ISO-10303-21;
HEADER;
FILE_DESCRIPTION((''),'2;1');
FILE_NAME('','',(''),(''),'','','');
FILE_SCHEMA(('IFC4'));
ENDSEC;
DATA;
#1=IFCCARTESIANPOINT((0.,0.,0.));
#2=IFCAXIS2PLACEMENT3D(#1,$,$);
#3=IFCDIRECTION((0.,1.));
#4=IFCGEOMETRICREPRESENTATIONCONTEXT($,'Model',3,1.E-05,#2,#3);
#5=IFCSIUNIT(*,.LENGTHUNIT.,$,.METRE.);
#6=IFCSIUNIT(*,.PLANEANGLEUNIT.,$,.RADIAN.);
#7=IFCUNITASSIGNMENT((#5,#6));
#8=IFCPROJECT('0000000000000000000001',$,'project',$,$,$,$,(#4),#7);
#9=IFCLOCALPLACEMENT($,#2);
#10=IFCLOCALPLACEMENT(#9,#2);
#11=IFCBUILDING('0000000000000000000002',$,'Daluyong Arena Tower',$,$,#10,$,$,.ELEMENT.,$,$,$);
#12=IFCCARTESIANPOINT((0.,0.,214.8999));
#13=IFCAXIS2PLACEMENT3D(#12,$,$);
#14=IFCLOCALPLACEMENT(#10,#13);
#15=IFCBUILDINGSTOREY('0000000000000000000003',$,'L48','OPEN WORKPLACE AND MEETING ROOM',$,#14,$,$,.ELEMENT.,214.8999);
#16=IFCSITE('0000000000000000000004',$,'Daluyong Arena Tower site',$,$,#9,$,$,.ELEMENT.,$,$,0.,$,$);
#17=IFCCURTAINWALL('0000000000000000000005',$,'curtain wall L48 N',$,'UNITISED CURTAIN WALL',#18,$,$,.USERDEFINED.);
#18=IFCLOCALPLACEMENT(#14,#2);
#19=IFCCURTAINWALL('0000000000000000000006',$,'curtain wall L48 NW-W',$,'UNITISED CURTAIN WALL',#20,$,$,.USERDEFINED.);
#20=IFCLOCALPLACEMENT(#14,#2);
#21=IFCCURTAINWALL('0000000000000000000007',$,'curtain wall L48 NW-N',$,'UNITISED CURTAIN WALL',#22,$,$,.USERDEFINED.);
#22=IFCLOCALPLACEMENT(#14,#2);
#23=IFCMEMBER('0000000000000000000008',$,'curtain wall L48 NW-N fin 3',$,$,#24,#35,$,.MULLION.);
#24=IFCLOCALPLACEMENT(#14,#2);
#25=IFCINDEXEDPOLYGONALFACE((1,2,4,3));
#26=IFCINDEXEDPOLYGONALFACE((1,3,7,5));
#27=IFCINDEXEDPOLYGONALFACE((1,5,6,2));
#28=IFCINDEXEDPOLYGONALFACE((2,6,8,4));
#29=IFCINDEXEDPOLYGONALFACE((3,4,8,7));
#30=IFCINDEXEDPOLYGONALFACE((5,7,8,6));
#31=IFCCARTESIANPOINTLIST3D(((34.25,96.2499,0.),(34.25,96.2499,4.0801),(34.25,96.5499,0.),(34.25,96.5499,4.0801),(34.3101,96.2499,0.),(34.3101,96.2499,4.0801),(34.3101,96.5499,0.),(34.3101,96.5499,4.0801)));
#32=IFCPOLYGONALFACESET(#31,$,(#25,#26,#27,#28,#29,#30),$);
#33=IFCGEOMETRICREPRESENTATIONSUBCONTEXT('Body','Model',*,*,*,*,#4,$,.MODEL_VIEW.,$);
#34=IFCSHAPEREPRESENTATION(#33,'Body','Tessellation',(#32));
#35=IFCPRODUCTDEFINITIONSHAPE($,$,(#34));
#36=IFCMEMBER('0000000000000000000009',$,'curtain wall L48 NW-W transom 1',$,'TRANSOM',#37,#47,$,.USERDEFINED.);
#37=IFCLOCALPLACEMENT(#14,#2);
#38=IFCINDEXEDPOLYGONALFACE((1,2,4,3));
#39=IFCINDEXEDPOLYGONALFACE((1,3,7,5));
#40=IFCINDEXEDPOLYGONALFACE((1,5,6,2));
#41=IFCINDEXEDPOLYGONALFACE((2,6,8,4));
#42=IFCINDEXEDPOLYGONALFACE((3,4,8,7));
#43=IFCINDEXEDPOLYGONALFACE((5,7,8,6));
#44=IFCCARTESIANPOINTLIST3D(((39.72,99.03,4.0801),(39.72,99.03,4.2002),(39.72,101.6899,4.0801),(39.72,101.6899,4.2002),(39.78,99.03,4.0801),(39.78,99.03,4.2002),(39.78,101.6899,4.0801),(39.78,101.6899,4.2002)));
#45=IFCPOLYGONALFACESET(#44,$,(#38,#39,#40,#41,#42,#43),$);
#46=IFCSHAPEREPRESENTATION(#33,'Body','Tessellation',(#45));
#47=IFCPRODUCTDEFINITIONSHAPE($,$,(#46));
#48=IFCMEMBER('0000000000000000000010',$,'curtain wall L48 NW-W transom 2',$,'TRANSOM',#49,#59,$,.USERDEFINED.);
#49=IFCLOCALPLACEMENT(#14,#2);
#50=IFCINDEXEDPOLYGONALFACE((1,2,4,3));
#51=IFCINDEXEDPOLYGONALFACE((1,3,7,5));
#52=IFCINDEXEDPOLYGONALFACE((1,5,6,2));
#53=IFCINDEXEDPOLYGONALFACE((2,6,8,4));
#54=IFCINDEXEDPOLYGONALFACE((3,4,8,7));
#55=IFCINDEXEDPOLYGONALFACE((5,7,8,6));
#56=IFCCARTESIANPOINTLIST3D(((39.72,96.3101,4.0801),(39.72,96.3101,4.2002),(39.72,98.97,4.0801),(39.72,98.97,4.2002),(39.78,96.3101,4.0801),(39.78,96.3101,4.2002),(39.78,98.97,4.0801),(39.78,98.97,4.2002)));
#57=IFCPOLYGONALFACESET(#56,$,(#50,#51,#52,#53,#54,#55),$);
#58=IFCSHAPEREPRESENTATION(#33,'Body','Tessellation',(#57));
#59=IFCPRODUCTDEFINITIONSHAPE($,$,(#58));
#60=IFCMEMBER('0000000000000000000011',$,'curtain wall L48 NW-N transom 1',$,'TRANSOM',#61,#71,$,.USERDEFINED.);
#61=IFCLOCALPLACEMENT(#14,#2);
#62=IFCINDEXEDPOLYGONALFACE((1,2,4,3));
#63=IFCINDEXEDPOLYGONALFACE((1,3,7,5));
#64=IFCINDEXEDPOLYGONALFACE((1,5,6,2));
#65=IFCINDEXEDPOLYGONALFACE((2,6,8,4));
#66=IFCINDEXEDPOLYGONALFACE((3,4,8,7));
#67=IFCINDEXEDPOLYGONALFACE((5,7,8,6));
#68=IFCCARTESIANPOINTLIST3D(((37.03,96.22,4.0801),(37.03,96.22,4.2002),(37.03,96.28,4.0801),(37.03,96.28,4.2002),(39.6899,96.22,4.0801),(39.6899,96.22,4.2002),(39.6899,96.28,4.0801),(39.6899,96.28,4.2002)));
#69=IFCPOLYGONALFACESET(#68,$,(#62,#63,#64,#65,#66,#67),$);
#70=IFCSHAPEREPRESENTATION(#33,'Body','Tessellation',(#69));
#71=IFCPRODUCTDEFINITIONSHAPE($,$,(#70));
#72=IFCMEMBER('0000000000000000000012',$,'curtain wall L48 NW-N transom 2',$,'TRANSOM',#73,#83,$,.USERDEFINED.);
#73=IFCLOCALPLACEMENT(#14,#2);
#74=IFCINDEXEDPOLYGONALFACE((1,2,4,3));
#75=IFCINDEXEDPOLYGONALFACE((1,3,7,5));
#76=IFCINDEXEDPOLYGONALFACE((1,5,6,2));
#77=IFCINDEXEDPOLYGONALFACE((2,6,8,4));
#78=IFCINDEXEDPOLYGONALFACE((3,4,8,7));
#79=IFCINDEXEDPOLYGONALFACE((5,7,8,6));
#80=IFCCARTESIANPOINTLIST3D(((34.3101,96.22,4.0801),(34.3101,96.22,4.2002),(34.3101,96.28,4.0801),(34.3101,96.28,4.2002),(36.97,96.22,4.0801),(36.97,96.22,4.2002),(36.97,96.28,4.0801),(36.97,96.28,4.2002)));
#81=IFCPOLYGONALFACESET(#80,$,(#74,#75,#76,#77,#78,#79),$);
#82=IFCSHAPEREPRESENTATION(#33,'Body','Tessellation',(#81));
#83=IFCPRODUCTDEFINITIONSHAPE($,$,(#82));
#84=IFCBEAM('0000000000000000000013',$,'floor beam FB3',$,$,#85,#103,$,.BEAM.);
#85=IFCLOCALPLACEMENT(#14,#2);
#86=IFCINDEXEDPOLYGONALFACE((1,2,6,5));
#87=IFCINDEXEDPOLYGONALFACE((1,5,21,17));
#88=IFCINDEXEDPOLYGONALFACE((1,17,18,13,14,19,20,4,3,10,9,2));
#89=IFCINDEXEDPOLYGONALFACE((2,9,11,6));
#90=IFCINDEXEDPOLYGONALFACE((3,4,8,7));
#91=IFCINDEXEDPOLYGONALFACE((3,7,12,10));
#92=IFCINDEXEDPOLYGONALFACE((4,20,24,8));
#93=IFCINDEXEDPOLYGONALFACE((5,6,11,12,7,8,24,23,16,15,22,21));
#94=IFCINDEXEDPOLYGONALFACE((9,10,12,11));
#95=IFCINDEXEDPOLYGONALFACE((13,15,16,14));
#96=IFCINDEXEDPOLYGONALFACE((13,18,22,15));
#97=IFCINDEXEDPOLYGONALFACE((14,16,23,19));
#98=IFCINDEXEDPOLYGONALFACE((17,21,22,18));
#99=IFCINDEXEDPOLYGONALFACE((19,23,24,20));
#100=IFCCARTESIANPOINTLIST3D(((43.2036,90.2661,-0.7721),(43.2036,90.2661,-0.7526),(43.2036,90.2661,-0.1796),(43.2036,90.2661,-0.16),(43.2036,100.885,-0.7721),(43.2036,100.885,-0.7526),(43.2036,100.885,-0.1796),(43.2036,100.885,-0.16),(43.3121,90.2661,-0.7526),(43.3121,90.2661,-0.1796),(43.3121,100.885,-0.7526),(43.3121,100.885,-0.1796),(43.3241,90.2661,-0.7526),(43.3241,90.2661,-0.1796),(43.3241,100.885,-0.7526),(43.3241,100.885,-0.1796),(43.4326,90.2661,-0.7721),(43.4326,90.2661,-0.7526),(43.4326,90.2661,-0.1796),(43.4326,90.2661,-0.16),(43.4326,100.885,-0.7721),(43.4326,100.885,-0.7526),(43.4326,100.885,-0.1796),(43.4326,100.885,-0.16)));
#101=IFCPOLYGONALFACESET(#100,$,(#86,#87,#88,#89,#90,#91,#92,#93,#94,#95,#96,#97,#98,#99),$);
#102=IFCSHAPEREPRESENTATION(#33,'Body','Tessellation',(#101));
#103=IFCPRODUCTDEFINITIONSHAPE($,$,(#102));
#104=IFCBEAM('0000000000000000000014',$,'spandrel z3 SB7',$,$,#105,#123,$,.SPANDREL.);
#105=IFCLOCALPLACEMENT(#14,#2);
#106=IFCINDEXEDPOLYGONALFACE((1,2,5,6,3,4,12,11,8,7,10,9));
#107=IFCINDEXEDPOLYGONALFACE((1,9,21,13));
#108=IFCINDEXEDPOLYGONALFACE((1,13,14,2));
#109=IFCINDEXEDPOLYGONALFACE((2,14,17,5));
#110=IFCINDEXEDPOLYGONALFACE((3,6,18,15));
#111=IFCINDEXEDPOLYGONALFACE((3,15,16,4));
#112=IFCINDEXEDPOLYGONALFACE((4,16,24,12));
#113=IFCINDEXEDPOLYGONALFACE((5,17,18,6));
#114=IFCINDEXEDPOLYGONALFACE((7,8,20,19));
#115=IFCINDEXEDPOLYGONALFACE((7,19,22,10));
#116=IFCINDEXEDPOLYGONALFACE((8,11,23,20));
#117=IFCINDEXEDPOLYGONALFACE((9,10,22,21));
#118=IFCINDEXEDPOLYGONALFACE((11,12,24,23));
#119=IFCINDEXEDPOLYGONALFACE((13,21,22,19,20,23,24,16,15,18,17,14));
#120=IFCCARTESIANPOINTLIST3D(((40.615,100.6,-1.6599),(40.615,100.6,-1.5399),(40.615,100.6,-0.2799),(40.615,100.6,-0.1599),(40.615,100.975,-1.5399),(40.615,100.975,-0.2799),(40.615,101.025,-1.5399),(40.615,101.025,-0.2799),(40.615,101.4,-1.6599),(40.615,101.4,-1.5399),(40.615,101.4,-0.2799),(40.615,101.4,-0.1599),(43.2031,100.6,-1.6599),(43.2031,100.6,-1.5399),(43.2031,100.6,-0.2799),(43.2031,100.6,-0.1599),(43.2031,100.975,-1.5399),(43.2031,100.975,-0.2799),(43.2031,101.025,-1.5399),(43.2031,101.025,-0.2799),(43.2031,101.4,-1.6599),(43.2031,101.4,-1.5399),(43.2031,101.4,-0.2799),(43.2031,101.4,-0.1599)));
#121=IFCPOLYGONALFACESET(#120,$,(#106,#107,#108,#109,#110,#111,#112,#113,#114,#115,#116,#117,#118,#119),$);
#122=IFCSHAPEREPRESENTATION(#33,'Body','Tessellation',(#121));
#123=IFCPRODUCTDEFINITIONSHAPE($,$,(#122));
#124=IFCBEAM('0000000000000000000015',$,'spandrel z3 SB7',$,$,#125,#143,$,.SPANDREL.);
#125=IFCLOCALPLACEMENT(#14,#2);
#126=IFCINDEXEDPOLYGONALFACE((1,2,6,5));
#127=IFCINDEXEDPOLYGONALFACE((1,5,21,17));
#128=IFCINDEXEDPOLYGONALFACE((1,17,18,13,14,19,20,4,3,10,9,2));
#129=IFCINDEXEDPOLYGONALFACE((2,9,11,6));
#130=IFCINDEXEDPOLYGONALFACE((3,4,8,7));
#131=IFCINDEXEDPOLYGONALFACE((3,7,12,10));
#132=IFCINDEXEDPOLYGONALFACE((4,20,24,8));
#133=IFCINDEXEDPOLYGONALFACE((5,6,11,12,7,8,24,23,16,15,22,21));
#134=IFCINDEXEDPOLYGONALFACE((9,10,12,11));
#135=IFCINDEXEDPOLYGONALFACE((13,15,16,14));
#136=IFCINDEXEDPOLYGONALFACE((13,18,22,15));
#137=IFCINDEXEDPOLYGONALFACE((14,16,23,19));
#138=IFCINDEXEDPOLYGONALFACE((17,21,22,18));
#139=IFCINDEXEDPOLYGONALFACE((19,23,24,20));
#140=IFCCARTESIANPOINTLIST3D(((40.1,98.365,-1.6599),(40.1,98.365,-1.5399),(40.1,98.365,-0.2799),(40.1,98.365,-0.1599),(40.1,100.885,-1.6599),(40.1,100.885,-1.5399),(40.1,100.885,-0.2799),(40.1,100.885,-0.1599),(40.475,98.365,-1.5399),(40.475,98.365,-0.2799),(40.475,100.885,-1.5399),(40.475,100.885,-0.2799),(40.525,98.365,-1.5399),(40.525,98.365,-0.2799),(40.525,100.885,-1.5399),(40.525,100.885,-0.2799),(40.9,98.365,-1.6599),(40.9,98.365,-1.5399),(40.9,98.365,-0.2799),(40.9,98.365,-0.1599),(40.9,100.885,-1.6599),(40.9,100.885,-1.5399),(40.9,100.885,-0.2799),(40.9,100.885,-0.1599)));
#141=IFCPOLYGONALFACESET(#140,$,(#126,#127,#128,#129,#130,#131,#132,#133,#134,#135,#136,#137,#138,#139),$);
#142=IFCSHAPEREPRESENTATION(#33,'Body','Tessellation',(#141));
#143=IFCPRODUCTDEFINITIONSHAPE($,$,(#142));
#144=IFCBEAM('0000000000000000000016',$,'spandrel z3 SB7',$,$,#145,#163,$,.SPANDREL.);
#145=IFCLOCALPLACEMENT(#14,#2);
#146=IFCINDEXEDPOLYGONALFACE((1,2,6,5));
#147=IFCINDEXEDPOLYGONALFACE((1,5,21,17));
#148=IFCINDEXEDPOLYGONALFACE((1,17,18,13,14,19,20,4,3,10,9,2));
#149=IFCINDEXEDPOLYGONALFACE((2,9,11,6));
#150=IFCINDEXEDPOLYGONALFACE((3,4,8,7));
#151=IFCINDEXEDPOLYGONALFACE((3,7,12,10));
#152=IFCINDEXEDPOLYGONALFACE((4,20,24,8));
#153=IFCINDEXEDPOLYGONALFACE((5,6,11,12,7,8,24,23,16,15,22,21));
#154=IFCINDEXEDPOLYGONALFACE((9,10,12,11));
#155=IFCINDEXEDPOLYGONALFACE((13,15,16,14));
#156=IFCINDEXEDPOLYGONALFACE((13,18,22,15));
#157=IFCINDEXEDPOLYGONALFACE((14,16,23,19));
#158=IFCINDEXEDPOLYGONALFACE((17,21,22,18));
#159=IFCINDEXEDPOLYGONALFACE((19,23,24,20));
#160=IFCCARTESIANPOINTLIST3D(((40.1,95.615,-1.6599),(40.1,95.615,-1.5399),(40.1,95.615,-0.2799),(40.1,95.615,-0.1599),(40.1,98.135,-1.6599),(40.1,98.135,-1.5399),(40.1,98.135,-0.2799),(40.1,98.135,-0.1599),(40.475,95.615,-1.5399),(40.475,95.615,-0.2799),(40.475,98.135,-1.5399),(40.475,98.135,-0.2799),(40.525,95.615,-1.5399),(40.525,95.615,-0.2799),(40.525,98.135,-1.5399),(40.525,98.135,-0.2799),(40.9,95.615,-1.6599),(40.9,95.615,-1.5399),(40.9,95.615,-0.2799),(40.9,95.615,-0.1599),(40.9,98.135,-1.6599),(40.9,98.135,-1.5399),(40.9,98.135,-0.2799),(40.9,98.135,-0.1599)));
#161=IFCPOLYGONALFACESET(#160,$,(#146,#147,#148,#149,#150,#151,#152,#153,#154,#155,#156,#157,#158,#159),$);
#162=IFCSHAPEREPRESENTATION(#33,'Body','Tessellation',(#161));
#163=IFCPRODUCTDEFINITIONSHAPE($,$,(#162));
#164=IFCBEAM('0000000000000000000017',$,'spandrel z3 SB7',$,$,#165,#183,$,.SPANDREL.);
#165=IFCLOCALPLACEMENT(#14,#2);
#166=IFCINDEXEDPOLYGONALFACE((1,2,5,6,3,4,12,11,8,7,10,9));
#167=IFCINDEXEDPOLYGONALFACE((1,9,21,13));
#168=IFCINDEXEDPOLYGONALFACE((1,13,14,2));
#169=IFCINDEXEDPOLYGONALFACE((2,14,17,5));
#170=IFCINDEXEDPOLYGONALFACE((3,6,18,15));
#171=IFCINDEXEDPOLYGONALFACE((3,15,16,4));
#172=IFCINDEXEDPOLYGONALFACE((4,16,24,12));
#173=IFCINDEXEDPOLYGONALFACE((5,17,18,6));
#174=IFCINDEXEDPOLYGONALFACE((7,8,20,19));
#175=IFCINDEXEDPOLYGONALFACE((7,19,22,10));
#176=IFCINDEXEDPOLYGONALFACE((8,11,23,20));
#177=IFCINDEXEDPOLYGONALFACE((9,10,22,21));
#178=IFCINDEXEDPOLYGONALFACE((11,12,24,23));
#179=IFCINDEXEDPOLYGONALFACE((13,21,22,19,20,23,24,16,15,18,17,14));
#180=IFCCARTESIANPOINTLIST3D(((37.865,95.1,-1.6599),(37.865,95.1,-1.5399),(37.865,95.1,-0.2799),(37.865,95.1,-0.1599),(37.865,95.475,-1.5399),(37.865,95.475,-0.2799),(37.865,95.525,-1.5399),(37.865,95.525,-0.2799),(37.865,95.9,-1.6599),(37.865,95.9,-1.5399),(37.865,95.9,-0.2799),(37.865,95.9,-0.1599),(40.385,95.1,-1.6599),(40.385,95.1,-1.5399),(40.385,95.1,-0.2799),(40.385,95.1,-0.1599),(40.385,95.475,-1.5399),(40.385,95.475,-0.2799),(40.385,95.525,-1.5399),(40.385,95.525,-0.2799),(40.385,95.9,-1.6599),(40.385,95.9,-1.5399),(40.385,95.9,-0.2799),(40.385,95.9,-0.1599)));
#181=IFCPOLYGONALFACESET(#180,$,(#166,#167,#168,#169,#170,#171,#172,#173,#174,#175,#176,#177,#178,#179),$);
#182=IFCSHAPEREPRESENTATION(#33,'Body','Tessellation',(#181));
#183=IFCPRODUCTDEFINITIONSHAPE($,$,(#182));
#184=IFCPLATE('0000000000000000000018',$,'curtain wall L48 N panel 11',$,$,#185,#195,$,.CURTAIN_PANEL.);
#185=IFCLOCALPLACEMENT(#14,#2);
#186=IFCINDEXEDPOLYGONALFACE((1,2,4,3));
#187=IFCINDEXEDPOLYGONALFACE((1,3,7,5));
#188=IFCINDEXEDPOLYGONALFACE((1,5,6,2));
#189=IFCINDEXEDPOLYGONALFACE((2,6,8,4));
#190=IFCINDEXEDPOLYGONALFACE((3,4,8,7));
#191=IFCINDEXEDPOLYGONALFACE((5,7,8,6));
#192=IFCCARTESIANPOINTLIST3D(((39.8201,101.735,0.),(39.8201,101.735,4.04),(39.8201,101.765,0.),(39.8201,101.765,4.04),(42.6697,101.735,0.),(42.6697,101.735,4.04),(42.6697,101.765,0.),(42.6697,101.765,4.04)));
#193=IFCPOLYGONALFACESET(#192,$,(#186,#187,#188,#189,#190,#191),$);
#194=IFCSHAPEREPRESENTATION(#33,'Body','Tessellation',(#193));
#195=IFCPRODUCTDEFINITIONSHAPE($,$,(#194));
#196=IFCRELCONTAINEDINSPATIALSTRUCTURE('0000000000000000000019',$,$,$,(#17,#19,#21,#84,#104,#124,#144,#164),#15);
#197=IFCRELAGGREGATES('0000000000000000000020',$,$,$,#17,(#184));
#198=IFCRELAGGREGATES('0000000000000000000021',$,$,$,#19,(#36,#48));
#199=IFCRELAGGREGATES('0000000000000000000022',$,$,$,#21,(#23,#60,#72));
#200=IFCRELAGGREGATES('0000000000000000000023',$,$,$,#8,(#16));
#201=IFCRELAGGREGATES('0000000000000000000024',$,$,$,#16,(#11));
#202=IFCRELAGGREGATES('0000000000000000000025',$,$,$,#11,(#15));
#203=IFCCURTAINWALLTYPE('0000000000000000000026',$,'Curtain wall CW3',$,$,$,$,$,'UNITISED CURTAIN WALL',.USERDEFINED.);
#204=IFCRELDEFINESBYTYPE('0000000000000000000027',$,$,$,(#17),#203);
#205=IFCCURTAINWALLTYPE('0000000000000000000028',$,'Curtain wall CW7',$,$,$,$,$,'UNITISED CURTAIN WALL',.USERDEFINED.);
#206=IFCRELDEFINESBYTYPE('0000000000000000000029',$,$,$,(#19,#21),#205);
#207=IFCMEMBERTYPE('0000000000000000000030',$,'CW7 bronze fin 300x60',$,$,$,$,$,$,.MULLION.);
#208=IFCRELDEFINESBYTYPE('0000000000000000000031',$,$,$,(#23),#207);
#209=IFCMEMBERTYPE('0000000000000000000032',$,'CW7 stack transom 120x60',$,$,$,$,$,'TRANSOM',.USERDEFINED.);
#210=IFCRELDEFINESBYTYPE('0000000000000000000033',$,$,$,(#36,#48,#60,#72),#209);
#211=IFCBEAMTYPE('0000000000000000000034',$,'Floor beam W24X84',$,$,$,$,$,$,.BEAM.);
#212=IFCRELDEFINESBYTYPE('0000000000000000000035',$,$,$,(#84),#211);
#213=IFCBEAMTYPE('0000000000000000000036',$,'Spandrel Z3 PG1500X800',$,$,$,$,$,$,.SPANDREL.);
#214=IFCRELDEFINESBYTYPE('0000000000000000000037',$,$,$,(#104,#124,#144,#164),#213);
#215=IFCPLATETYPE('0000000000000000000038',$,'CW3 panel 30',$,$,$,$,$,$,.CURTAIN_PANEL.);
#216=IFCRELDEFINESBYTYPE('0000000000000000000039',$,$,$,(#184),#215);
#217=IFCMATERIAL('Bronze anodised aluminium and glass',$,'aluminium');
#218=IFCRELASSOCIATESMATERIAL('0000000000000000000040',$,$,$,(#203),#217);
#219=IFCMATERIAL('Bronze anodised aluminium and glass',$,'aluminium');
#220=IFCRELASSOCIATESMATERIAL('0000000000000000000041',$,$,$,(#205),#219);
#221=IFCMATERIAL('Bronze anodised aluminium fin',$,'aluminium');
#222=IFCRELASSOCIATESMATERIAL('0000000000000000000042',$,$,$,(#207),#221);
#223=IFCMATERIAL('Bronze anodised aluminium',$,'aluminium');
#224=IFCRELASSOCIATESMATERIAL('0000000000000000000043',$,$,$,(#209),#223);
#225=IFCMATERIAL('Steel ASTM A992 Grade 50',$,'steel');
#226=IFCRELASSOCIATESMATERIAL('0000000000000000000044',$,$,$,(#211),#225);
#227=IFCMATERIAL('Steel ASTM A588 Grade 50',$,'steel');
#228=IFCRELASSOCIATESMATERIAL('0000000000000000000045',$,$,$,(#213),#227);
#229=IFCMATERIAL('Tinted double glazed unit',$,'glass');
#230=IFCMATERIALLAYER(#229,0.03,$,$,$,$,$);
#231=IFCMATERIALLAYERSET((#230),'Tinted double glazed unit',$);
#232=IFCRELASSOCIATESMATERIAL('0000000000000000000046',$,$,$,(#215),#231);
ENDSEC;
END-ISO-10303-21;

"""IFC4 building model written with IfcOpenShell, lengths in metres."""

from ifc_helpers import new_model, si_unit, direction, frame, origin, origin_2d, place, context, subcontext, project, spatial, rectangle, i_section, extrude, material, layer, layer_set, material_profile, profile_set, type_object, element, aggregate, save


model = new_model("IFC4")

# Units and contexts
model_context = context("Model", 3, precision=1e-05, world=origin(), true_north=direction((0.0, 1.0)))
body_context = subcontext(model_context, "Body", "Model", "MODEL_VIEW")
ifc_project = project(units=[si_unit("LENGTHUNIT", "METRE"), si_unit("PLANEANGLEUNIT", "RADIAN")], contexts=[model_context])

# Site, building, storey
site_placement = place(None, origin())
site = spatial("IfcSite", under=ifc_project, at=site_placement, Name="Daluyong Arena Tower site", CompositionType="ELEMENT", RefElevation=0.0)
building_placement = place(site_placement, origin())
building = spatial("IfcBuilding", under=site, at=building_placement, Name="Daluyong Arena Tower", CompositionType="ELEMENT")
storey_placement = place(building_placement, frame((0.0, 0.0, 214.8999)))
storey = spatial("IfcBuildingStorey", under=building, at=storey_placement, Name="L48", Description="OPEN WORKPLACE AND MEETING ROOM", CompositionType="ELEMENT", Elevation=214.8999)

# Curtain wall
ifc_material_1 = material(Name="Bronze anodised aluminium and glass", Category="aluminium")
curtain_wall_type_1 = type_object("IfcCurtainWallType", Name="Curtain wall CW3", ElementType="UNITISED CURTAIN WALL", PredefinedType="USERDEFINED", material=ifc_material_1)
curtain_wall_1_placement = place(storey_placement, origin())
curtain_wall_1 = element("IfcCurtainWall", 1, at=curtain_wall_1_placement, inside=storey, type_object=curtain_wall_type_1, Name="curtain wall L48 N", ObjectType="UNITISED CURTAIN WALL", PredefinedType="USERDEFINED")

# Curtain walls, member
ifc_material_2 = material(Name="Bronze anodised aluminium and glass", Category="aluminium")
curtain_wall_type_2 = type_object("IfcCurtainWallType", Name="Curtain wall CW7", ElementType="UNITISED CURTAIN WALL", PredefinedType="USERDEFINED", material=ifc_material_2)
curtain_wall_2_placement = place(storey_placement, origin())
curtain_wall_2 = element("IfcCurtainWall", 2, at=curtain_wall_2_placement, inside=storey, type_object=curtain_wall_type_2, Name="curtain wall L48 NW-W", ObjectType="UNITISED CURTAIN WALL", PredefinedType="USERDEFINED")
ifc_material_3 = material(Name="Bronze anodised aluminium fin", Category="aluminium")
ifc_material_profile_1 = material_profile(ifc_material_3, rectangle(XDim=0.3, YDim=0.0601, at=origin_2d()))
ifc_profile_set_1 = profile_set([ifc_material_profile_1], Name="Bronze anodised aluminium fin")
member_type_1 = type_object("IfcMemberType", Name="CW7 bronze fin 300x60", PredefinedType="MULLION", material=ifc_profile_set_1)
curtain_wall_3_placement = place(storey_placement, origin())
curtain_wall_3 = element("IfcCurtainWall", 3, at=curtain_wall_3_placement, inside=storey, type_object=curtain_wall_type_2, Name="curtain wall L48 NW-N", ObjectType="UNITISED CURTAIN WALL", PredefinedType="USERDEFINED")
member_1_placement = place(storey_placement, frame((34.28, 96.3999, 0.0), z_axis=(0.0, 0.0, 1.0), x_axis=(0.0, -1.0, 0.0)))
member_1 = element("IfcMember", 4, at=member_1_placement, type_object=member_type_1, Name="curtain wall L48 NW-N fin 3", PredefinedType="MULLION", context=body_context, shape_type="SweptSolid", body=[
    extrude(rectangle(XDim=0.3, YDim=0.0601, at=origin_2d()), origin(), (0.0, 0.0, 1.0), 4.0801),
])

# Members
ifc_material_4 = material(Name="Bronze anodised aluminium", Category="aluminium")
ifc_material_profile_2 = material_profile(ifc_material_4, rectangle(XDim=0.0601, YDim=0.1201, at=origin_2d()))
ifc_profile_set_2 = profile_set([ifc_material_profile_2], Name="Bronze anodised aluminium")
member_type_2 = type_object("IfcMemberType", Name="CW7 stack transom 120x60", ElementType="TRANSOM", PredefinedType="USERDEFINED", material=ifc_profile_set_2)
member_2_placement = place(storey_placement, frame((39.75, 101.6899, 4.1401), z_axis=(0.0, -1.0, 0.0), x_axis=(1.0, 0.0, 0.0)))
member_2 = element("IfcMember", 5, at=member_2_placement, type_object=member_type_2, Name="curtain wall L48 NW-W transom 1", ObjectType="TRANSOM", PredefinedType="USERDEFINED", context=body_context, shape_type="SweptSolid", body=[
    extrude(rectangle(XDim=0.0601, YDim=0.1201, at=origin_2d()), origin(), (0.0, 0.0, 1.0), 2.6599),
])
member_3_placement = place(storey_placement, frame((39.75, 98.97, 4.1401), z_axis=(0.0, -1.0, 0.0), x_axis=(1.0, 0.0, 0.0)))
member_3 = element("IfcMember", 6, at=member_3_placement, type_object=member_type_2, Name="curtain wall L48 NW-W transom 2", ObjectType="TRANSOM", PredefinedType="USERDEFINED", context=body_context, shape_type="SweptSolid", body=[
    extrude(rectangle(XDim=0.0601, YDim=0.1201, at=origin_2d()), origin(), (0.0, 0.0, 1.0), 2.6599),
])
member_4_placement = place(storey_placement, frame((39.6899, 96.25, 4.1401), z_axis=(-1.0, 0.0, 0.0), x_axis=(0.0, -1.0, 0.0)))
member_4 = element("IfcMember", 7, at=member_4_placement, type_object=member_type_2, Name="curtain wall L48 NW-N transom 1", ObjectType="TRANSOM", PredefinedType="USERDEFINED", context=body_context, shape_type="SweptSolid", body=[
    extrude(rectangle(XDim=0.0601, YDim=0.1201, at=origin_2d()), origin(), (0.0, 0.0, 1.0), 2.6599),
])
member_5_placement = place(storey_placement, frame((36.97, 96.25, 4.1401), z_axis=(-1.0, 0.0, 0.0), x_axis=(0.0, -1.0, 0.0)))
member_5 = element("IfcMember", 8, at=member_5_placement, type_object=member_type_2, Name="curtain wall L48 NW-N transom 2", ObjectType="TRANSOM", PredefinedType="USERDEFINED", context=body_context, shape_type="SweptSolid", body=[
    extrude(rectangle(XDim=0.0601, YDim=0.1201, at=origin_2d()), origin(), (0.0, 0.0, 1.0), 2.6599),
])

# Beams
ifc_material_5 = material(Name="Steel ASTM A992 Grade 50", Category="steel")
ifc_material_profile_3 = material_profile(ifc_material_5, i_section(OverallWidth=0.229, OverallDepth=0.6121, WebThickness=0.012, FlangeThickness=0.0195, at=origin_2d()))
ifc_profile_set_3 = profile_set([ifc_material_profile_3], Name="Steel ASTM A992 Grade 50")
beam_type_1 = type_object("IfcBeamType", Name="Floor beam W24X84", PredefinedType="BEAM", material=ifc_profile_set_3)
beam_1_placement = place(storey_placement, frame((43.3181, 100.885, -0.4661), z_axis=(0.0, -1.0, 0.0), x_axis=(1.0, 0.0, 0.0)))
element("IfcBeam", 9, at=beam_1_placement, inside=storey, type_object=beam_type_1, Name="floor beam FB3", PredefinedType="BEAM", context=body_context, shape_type="SweptSolid", body=[
    extrude(i_section(OverallWidth=0.229, OverallDepth=0.6121, WebThickness=0.012, FlangeThickness=0.0195, at=origin_2d()), origin(), (0.0, 0.0, 1.0), 10.6189),
])
ifc_material_6 = material(Name="Steel ASTM A588 Grade 50", Category="steel")
ifc_material_profile_4 = material_profile(ifc_material_6, i_section(OverallWidth=0.8, OverallDepth=1.5, WebThickness=0.05, FlangeThickness=0.12, at=origin_2d()))
ifc_profile_set_4 = profile_set([ifc_material_profile_4], Name="Steel ASTM A588 Grade 50")
beam_type_2 = type_object("IfcBeamType", Name="Spandrel Z3 PG1500X800", PredefinedType="SPANDREL", material=ifc_profile_set_4)
beam_2_placement = place(storey_placement, frame((43.2031, 101.0, -0.9099), z_axis=(-1.0, 0.0, 0.0), x_axis=(0.0, -1.0, 0.0)))
element("IfcBeam", 10, at=beam_2_placement, inside=storey, type_object=beam_type_2, Name="spandrel z3 SB7", PredefinedType="SPANDREL", context=body_context, shape_type="SweptSolid", body=[
    extrude(i_section(OverallWidth=0.8, OverallDepth=1.5, WebThickness=0.05, FlangeThickness=0.12, at=origin_2d()), origin(), (0.0, 0.0, 1.0), 2.5881),
])
for number, where, z_axis, x_axis, name in (
    (11, (40.5, 100.885, -0.9099), (0.0, -1.0, 0.0), (1.0, 0.0, 0.0), "spandrel z3 SB7"),
    (12, (40.5, 98.135, -0.9099), (0.0, -1.0, 0.0), (1.0, 0.0, 0.0), "spandrel z3 SB7"),
    (13, (40.385, 95.5, -0.9099), (-1.0, 0.0, 0.0), (0.0, -1.0, 0.0), "spandrel z3 SB7"),
):
    element("IfcBeam", number, at=place(storey_placement, frame(where, z_axis=z_axis, x_axis=x_axis)), inside=storey, type_object=beam_type_2, Name=name, PredefinedType="SPANDREL", context=body_context, shape_type="SweptSolid", body=[
        extrude(i_section(OverallWidth=0.8, OverallDepth=1.5, WebThickness=0.05, FlangeThickness=0.12, at=origin_2d()), origin(), (0.0, 0.0, 1.0), 2.52),
    ])

# Plate
ifc_material_7 = material(Name="Tinted double glazed unit", Category="glass")
ifc_layer_1 = layer(ifc_material_7, 0.03)
ifc_layer_set_1 = layer_set([ifc_layer_1], Name="Tinted double glazed unit")
plate_type_1 = type_object("IfcPlateType", Name="CW3 panel 30", PredefinedType="CURTAIN_PANEL", material=ifc_layer_set_1)
plate_1_placement = place(storey_placement, frame((41.2449, 101.75, 0.0), z_axis=(0.0, 0.0, 1.0), x_axis=(-1.0, 0.0, 0.0)))
plate_1 = element("IfcPlate", 14, at=plate_1_placement, type_object=plate_type_1, Name="curtain wall L48 N panel 11", PredefinedType="CURTAIN_PANEL", context=body_context, shape_type="SweptSolid", body=[
    extrude(rectangle(XDim=2.8496, YDim=0.03, at=origin_2d()), origin(), (0.0, 0.0, 1.0), 4.04),
])
aggregate(curtain_wall_1, [plate_1])
aggregate(curtain_wall_2, [member_2, member_3])
aggregate(curtain_wall_3, [member_1, member_4, member_5])

save(model, "model.ifc")
